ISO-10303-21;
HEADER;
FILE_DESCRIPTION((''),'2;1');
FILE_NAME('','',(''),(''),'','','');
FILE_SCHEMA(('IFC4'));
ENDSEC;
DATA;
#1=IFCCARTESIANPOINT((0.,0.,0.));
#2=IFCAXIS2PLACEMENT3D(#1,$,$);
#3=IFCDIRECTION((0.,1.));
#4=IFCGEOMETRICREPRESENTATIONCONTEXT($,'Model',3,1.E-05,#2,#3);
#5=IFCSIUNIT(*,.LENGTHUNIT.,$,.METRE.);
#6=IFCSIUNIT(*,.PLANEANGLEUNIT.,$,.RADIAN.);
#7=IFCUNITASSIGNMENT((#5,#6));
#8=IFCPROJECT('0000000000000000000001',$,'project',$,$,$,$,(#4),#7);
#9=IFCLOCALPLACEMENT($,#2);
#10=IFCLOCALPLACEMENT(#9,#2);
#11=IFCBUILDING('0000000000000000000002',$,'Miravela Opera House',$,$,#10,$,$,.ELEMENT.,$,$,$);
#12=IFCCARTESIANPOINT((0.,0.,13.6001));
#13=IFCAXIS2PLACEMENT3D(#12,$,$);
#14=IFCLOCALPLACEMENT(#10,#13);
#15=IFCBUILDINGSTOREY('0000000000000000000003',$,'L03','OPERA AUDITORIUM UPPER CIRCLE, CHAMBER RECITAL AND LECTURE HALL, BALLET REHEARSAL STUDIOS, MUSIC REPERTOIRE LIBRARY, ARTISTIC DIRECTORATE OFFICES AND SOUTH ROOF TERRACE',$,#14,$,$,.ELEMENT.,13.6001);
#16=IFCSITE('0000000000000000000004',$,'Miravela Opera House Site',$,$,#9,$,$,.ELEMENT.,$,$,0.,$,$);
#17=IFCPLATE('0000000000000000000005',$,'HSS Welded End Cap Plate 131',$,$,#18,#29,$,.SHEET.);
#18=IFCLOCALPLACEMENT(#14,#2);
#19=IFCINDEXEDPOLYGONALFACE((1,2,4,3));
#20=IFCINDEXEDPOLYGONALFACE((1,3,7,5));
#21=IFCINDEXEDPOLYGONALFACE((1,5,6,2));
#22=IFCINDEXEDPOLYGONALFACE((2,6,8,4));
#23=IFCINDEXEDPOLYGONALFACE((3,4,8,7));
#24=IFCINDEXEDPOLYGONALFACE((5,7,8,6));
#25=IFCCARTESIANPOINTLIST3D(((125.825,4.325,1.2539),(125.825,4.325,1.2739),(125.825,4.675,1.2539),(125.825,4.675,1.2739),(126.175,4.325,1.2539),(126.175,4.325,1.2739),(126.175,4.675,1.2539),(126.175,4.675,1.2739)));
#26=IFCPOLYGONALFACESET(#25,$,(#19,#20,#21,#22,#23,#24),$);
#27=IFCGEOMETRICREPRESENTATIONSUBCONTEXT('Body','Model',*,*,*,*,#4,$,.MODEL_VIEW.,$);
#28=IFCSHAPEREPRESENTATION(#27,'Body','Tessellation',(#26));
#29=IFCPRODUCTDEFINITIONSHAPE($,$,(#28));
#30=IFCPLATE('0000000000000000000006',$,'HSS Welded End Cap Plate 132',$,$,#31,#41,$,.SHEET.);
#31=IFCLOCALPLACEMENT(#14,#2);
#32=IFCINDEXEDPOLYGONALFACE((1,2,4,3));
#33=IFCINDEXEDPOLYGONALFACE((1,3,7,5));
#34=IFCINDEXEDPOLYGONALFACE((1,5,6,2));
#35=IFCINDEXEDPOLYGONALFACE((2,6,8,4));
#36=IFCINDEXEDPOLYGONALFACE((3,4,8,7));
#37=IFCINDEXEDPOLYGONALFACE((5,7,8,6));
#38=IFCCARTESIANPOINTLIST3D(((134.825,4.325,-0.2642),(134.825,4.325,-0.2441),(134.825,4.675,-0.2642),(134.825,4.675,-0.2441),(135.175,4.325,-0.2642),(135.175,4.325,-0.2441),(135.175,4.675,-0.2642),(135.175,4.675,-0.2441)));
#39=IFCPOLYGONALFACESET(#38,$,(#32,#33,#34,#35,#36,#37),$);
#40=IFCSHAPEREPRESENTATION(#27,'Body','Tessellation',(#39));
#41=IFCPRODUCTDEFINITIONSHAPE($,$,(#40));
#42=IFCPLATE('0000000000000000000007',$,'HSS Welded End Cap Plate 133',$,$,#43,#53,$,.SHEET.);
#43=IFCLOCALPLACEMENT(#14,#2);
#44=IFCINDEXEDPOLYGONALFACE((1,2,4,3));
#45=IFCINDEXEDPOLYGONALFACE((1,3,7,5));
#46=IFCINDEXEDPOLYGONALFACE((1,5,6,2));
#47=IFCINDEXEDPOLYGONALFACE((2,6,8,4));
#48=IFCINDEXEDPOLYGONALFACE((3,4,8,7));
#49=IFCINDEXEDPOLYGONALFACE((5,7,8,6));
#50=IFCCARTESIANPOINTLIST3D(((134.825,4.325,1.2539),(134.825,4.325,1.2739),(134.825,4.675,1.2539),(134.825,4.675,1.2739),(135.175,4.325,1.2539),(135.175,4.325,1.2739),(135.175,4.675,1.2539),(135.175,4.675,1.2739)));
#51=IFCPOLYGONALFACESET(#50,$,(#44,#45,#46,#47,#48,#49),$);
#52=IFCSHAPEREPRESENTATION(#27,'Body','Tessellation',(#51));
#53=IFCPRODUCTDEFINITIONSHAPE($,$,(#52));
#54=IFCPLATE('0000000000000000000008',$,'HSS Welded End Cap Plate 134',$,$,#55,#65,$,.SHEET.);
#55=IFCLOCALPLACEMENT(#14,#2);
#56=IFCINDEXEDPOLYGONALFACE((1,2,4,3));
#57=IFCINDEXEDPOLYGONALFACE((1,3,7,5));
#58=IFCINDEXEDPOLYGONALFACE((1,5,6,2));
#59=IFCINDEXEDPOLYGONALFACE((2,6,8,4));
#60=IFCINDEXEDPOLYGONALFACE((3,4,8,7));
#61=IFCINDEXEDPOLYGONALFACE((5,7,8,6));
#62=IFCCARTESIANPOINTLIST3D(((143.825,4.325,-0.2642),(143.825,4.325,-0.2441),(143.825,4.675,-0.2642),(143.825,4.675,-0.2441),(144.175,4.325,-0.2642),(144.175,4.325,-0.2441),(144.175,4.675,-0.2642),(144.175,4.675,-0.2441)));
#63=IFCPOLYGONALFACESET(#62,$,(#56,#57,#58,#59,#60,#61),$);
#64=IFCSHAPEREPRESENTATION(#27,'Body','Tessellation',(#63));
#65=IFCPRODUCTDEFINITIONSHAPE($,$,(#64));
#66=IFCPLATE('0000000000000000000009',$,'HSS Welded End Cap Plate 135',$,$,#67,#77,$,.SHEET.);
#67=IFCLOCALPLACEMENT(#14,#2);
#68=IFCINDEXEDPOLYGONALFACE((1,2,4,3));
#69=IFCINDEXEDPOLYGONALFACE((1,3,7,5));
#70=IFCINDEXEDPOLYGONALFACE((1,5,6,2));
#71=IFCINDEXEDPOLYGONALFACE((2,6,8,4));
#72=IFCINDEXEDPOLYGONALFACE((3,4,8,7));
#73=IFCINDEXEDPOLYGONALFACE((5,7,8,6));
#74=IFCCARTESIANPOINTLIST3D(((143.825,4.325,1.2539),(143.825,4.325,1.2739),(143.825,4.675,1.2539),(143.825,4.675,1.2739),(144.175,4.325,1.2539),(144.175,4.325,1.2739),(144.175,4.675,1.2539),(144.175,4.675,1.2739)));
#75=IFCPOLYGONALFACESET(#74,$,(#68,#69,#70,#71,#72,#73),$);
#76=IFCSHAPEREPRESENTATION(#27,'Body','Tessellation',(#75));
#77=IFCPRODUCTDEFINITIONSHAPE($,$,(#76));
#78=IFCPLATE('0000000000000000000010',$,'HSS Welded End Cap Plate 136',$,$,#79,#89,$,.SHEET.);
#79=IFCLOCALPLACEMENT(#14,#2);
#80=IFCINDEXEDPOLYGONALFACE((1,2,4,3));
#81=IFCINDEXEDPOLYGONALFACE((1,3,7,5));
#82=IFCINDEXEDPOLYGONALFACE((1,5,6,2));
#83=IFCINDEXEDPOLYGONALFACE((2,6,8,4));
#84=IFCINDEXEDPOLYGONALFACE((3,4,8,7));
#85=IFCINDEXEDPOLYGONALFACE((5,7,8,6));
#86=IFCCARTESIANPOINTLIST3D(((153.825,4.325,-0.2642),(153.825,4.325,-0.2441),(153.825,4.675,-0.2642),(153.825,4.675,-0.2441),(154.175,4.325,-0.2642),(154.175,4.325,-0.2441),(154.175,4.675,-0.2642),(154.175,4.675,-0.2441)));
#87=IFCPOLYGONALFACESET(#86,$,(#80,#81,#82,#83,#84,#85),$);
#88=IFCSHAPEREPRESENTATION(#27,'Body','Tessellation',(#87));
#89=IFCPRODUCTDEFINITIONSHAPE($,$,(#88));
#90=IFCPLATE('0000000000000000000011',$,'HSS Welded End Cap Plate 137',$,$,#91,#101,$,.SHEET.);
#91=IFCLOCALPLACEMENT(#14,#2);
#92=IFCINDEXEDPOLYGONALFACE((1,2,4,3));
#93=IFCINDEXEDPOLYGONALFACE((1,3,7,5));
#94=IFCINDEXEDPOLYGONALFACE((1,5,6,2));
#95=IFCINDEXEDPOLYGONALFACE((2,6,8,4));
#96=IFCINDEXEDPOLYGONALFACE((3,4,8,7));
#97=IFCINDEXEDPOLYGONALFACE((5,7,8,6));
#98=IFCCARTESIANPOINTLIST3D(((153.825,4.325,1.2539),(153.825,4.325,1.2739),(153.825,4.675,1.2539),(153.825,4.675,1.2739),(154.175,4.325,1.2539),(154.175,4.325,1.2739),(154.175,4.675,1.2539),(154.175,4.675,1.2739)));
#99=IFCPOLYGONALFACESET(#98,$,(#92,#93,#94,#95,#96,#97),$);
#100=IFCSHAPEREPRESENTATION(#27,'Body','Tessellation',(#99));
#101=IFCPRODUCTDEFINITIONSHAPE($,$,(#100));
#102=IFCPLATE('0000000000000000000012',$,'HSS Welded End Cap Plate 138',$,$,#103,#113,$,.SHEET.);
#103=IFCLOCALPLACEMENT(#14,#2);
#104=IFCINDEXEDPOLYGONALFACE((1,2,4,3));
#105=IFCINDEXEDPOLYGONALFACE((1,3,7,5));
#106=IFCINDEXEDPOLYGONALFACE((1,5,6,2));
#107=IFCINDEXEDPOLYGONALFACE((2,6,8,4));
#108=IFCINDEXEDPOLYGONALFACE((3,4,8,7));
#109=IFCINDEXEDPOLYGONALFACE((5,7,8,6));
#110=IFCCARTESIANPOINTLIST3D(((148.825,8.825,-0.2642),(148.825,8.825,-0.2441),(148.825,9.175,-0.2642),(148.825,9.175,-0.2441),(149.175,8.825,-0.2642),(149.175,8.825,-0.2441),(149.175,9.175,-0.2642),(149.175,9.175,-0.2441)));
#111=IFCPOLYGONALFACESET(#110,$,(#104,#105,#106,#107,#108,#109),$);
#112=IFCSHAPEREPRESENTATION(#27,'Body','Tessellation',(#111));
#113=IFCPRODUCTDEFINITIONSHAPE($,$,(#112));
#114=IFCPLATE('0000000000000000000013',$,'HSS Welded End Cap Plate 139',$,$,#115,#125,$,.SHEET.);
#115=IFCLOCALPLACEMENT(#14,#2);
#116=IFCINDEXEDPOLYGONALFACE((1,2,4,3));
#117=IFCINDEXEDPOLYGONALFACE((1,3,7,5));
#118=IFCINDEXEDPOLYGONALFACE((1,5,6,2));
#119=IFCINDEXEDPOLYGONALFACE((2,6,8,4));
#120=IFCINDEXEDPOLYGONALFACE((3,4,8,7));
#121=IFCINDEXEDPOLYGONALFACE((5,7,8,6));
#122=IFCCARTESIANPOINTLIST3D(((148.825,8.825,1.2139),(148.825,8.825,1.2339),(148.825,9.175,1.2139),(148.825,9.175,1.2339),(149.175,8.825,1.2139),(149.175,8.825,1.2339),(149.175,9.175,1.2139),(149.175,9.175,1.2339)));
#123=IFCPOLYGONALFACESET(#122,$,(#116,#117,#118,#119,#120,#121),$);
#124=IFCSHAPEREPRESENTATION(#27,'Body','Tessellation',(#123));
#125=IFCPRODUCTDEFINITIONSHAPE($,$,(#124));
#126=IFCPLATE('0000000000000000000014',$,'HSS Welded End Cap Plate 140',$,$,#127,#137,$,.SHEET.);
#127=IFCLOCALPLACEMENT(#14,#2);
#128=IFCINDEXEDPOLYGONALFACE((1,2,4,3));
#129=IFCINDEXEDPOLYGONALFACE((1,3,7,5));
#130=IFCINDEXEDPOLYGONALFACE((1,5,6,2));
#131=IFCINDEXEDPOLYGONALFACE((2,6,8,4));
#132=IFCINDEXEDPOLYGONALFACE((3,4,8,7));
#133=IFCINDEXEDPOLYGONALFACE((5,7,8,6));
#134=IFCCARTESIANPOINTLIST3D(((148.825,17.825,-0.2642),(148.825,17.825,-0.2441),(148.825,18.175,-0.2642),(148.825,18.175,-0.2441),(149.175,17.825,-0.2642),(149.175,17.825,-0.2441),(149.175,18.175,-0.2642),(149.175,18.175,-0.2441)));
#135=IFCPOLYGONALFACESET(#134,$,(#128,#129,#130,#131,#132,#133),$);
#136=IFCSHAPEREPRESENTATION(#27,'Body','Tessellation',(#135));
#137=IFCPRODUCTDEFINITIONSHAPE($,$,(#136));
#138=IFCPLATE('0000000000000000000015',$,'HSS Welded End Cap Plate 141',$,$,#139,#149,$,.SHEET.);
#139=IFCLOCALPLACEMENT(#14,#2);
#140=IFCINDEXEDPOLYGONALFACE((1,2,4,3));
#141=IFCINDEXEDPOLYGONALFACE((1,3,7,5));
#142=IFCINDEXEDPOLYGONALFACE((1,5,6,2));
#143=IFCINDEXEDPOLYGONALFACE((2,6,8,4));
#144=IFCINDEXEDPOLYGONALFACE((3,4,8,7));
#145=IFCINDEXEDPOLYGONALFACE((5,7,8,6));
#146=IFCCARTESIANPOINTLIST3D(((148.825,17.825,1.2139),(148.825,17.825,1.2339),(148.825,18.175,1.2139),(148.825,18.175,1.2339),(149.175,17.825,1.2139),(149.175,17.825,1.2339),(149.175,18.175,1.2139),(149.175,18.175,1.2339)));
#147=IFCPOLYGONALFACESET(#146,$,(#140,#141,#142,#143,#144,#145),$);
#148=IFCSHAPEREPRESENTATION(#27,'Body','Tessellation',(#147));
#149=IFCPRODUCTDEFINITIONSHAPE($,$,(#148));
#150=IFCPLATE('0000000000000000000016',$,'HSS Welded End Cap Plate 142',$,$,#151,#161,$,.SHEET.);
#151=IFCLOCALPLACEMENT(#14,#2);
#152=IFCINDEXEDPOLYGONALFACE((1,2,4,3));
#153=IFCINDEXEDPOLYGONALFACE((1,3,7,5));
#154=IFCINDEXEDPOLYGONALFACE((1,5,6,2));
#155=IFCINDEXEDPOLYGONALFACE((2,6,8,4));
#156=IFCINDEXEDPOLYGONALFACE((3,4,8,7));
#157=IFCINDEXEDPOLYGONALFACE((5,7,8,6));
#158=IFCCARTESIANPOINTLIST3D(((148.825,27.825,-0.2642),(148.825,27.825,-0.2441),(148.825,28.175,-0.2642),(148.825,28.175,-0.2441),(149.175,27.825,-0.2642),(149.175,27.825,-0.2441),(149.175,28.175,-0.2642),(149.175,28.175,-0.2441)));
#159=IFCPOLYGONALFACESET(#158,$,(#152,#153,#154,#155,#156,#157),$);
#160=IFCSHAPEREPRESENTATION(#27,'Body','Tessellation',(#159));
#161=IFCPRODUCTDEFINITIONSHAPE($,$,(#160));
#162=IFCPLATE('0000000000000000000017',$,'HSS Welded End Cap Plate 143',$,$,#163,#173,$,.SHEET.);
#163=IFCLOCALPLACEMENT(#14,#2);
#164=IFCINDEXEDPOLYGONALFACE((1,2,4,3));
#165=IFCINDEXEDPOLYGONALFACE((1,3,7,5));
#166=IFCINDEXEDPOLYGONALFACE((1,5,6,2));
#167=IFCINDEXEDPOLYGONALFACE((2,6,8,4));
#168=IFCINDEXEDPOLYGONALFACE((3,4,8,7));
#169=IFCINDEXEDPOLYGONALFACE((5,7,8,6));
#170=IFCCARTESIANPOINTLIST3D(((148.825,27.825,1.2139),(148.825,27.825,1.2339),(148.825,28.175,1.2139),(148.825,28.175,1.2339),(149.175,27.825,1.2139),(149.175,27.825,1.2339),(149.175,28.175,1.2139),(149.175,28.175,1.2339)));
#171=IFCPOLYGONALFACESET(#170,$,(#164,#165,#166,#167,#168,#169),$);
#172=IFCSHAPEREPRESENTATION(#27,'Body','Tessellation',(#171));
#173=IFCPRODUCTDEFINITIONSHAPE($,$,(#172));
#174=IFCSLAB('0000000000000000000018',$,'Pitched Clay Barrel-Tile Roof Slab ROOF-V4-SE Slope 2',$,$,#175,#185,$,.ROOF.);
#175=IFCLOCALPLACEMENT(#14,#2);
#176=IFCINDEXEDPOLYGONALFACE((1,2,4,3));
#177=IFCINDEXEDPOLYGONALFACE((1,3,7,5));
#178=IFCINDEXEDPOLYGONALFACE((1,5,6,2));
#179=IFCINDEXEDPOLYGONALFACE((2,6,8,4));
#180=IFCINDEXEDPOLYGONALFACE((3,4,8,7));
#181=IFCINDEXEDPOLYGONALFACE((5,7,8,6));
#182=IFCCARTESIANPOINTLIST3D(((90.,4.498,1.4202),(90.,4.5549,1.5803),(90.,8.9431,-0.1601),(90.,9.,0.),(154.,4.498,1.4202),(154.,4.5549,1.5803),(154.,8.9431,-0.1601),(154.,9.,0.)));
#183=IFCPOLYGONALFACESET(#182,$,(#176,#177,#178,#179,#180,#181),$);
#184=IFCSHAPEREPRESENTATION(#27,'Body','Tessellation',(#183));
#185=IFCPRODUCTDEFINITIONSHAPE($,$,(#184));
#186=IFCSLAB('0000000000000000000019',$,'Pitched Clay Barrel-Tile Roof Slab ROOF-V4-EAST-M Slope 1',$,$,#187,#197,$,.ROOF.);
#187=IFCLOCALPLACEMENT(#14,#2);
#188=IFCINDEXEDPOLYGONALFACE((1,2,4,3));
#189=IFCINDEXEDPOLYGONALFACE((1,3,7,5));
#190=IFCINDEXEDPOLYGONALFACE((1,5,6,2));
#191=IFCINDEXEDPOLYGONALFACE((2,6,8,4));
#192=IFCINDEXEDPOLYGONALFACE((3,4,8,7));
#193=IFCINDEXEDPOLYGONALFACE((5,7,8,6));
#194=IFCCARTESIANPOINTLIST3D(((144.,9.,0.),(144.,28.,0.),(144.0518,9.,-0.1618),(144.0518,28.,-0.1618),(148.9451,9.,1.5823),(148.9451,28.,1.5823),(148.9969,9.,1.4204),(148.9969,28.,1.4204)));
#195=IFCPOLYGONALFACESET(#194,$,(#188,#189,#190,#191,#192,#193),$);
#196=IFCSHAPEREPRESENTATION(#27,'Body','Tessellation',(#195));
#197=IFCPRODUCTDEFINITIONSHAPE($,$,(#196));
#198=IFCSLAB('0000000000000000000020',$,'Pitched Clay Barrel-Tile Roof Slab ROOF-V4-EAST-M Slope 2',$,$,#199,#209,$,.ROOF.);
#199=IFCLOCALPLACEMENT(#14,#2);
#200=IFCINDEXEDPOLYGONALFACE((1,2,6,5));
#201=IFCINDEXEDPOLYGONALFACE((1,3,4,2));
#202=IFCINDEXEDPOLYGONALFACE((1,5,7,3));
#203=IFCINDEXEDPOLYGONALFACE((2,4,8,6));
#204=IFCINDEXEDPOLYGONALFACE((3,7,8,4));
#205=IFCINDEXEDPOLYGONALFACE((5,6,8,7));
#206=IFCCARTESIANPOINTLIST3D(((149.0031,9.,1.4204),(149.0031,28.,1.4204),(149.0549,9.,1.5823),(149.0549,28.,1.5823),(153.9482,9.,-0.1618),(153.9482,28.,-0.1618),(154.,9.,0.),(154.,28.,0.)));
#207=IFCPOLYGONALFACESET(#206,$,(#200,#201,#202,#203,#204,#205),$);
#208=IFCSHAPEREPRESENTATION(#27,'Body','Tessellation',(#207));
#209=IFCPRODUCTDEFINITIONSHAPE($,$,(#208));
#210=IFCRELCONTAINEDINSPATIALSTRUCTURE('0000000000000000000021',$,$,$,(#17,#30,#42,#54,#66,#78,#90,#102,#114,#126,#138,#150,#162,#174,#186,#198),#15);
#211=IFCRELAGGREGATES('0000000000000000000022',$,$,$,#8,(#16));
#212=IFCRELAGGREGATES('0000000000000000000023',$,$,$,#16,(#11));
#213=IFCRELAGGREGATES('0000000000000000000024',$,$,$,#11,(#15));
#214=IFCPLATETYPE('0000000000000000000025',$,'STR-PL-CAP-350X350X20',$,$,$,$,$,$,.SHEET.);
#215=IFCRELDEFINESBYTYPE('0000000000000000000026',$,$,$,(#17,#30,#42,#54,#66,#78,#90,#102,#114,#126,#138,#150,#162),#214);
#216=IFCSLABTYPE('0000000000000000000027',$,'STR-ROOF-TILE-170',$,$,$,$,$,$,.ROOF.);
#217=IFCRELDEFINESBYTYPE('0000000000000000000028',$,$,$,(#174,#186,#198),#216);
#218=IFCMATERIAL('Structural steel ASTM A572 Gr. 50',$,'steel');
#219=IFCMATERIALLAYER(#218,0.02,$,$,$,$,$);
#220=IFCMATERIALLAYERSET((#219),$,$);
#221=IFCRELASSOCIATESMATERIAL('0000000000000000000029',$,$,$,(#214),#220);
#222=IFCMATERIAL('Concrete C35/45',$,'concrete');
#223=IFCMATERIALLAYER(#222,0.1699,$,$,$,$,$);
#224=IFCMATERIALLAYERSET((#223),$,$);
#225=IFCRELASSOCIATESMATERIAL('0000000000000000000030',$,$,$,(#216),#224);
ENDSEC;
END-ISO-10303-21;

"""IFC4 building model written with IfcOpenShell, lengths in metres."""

from ifc_helpers import new_model, si_unit, direction, frame, origin, origin_2d, place, context, subcontext, project, spatial, polyline, rectangle, outline, extrude, material, layer, layer_set, type_object, element, save


model = new_model("IFC4")

# Units and contexts
model_context = context("Model", 3, precision=1e-05, world=origin(), true_north=direction((0.0, 1.0)))
body_context = subcontext(model_context, "Body", "Model", "MODEL_VIEW")
ifc_project = project(units=[si_unit("LENGTHUNIT", "METRE"), si_unit("PLANEANGLEUNIT", "RADIAN")], contexts=[model_context])

# Site, building, storey
site_placement = place(None, origin())
site = spatial("IfcSite", under=ifc_project, at=site_placement, Name="Miravela Opera House Site", CompositionType="ELEMENT", RefElevation=0.0)
building_placement = place(site_placement, origin())
building = spatial("IfcBuilding", under=site, at=building_placement, Name="Miravela Opera House", CompositionType="ELEMENT")
storey_placement = place(building_placement, frame((0.0, 0.0, 13.6001)))
storey = spatial("IfcBuildingStorey", under=building, at=storey_placement, Name="L03", Description="OPERA AUDITORIUM UPPER CIRCLE, CHAMBER RECITAL AND LECTURE HALL, BALLET REHEARSAL STUDIOS, MUSIC REPERTOIRE LIBRARY, ARTISTIC DIRECTORATE OFFICES AND SOUTH ROOF TERRACE", CompositionType="ELEMENT", Elevation=13.6001)

# Plates
ifc_material_1 = material(Name="Structural steel ASTM A572 Gr. 50", Category="steel")
ifc_layer_1 = layer(ifc_material_1, 0.02)
ifc_layer_set_1 = layer_set([ifc_layer_1])
plate_type = type_object("IfcPlateType", Name="STR-PL-CAP-350X350X20", PredefinedType="SHEET", material=ifc_layer_set_1)
for number, where, z_axis, x_axis, name in (
    (1, (126.0, 4.5, 1.2539), (0.0, 0.0, 1.0), (1.0, 0.0, 0.0), "HSS Welded End Cap Plate 131"),
    (2, (135.0, 4.5, -0.2642), (0.0, 0.0, 1.0), (1.0, 0.0, 0.0), "HSS Welded End Cap Plate 132"),
    (3, (135.0, 4.5, 1.2539), (0.0, 0.0, 1.0), (1.0, 0.0, 0.0), "HSS Welded End Cap Plate 133"),
    (4, (144.0, 4.5, -0.2642), (0.0, 0.0, 1.0), (1.0, 0.0, 0.0), "HSS Welded End Cap Plate 134"),
    (5, (144.0, 4.5, 1.2539), (0.0, 0.0, 1.0), (1.0, 0.0, 0.0), "HSS Welded End Cap Plate 135"),
    (6, (154.0, 4.5, -0.2642), (0.0, 0.0, 1.0), (1.0, 0.0, 0.0), "HSS Welded End Cap Plate 136"),
    (7, (154.0, 4.5, 1.2539), (0.0, 0.0, 1.0), (1.0, 0.0, 0.0), "HSS Welded End Cap Plate 137"),
    (8, (149.0, 9.0, -0.2642), (0.0, 0.0, 1.0), (1.0, 0.0, 0.0), "HSS Welded End Cap Plate 138"),
    (9, (149.0, 9.0, 1.2139), (0.0, 0.0, 1.0), (1.0, 0.0, 0.0), "HSS Welded End Cap Plate 139"),
    (10, (149.0, 18.0, -0.2642), (0.0, 0.0, 1.0), (1.0, 0.0, 0.0), "HSS Welded End Cap Plate 140"),
    (11, (149.0, 18.0, 1.2139), (0.0, 0.0, 1.0), (1.0, 0.0, 0.0), "HSS Welded End Cap Plate 141"),
    (12, (149.0, 28.0, -0.2642), (0.0, 0.0, 1.0), (1.0, 0.0, 0.0), "HSS Welded End Cap Plate 142"),
    (13, (149.0, 28.0, 1.2139), (0.0, 0.0, 1.0), (1.0, 0.0, 0.0), "HSS Welded End Cap Plate 143"),
):
    element("IfcPlate", number, at=place(storey_placement, frame(where, z_axis=z_axis, x_axis=x_axis)), inside=storey, type_object=plate_type, Name=name, PredefinedType="SHEET", context=body_context, shape_type="SweptSolid", body=[
        extrude(rectangle(XDim=0.3501, YDim=0.3501, at=origin_2d()), origin(), (0.0, 0.0, 1.0), 0.02),
    ])

# Slabs
ifc_material_2 = material(Name="Concrete C35/45", Category="concrete")
ifc_layer_2 = layer(ifc_material_2, 0.1699)
ifc_layer_set_2 = layer_set([ifc_layer_2])
slab_type = type_object("IfcSlabType", Name="STR-ROOF-TILE-170", PredefinedType="ROOF", material=ifc_layer_set_2)
slab_placement = place(storey_placement, frame((154.0, 9.0, 0.0), z_axis=(0.0, 0.334982, 0.942224), x_axis=(-1.0, 0.0, 0.0)))
element("IfcSlab", 14, at=slab_placement, inside=storey, type_object=slab_type, Name="Pitched Clay Barrel-Tile Roof Slab ROOF-V4-SE Slope 2", PredefinedType="ROOF", context=body_context, shape_type="SweptSolid", body=[
    extrude(outline(polyline([(0.0, 0.0), (64.0, 0.0), (64.0, 4.7176), (0.0, 4.7176), (0.0, 0.0)])), origin(), (0.0, 0.0, -1.0), 0.1699),
])
for number, where, z_axis, x_axis, name in (
    (15, (144.0, 9.0, 0.0), (-0.30475, 0.0, 0.952432), (0.0, 1.0, 0.0), "Pitched Clay Barrel-Tile Roof Slab ROOF-V4-EAST-M Slope 1"),
    (16, (154.0, 28.0, 0.0), (0.30475, 0.0, 0.952432), (0.0, -1.0, 0.0), "Pitched Clay Barrel-Tile Roof Slab ROOF-V4-EAST-M Slope 2"),
):
    element("IfcSlab", number, at=place(storey_placement, frame(where, z_axis=z_axis, x_axis=x_axis)), inside=storey, type_object=slab_type, Name=name, PredefinedType="ROOF", context=body_context, shape_type="SweptSolid", body=[
        extrude(outline(polyline([(0.0, 0.0), (19.0, 0.0), (19.0, -5.192), (0.0, -5.192), (0.0, 0.0)])), origin(), (0.0, 0.0, -1.0), 0.1699),
    ])

save(model, "model.ifc")
